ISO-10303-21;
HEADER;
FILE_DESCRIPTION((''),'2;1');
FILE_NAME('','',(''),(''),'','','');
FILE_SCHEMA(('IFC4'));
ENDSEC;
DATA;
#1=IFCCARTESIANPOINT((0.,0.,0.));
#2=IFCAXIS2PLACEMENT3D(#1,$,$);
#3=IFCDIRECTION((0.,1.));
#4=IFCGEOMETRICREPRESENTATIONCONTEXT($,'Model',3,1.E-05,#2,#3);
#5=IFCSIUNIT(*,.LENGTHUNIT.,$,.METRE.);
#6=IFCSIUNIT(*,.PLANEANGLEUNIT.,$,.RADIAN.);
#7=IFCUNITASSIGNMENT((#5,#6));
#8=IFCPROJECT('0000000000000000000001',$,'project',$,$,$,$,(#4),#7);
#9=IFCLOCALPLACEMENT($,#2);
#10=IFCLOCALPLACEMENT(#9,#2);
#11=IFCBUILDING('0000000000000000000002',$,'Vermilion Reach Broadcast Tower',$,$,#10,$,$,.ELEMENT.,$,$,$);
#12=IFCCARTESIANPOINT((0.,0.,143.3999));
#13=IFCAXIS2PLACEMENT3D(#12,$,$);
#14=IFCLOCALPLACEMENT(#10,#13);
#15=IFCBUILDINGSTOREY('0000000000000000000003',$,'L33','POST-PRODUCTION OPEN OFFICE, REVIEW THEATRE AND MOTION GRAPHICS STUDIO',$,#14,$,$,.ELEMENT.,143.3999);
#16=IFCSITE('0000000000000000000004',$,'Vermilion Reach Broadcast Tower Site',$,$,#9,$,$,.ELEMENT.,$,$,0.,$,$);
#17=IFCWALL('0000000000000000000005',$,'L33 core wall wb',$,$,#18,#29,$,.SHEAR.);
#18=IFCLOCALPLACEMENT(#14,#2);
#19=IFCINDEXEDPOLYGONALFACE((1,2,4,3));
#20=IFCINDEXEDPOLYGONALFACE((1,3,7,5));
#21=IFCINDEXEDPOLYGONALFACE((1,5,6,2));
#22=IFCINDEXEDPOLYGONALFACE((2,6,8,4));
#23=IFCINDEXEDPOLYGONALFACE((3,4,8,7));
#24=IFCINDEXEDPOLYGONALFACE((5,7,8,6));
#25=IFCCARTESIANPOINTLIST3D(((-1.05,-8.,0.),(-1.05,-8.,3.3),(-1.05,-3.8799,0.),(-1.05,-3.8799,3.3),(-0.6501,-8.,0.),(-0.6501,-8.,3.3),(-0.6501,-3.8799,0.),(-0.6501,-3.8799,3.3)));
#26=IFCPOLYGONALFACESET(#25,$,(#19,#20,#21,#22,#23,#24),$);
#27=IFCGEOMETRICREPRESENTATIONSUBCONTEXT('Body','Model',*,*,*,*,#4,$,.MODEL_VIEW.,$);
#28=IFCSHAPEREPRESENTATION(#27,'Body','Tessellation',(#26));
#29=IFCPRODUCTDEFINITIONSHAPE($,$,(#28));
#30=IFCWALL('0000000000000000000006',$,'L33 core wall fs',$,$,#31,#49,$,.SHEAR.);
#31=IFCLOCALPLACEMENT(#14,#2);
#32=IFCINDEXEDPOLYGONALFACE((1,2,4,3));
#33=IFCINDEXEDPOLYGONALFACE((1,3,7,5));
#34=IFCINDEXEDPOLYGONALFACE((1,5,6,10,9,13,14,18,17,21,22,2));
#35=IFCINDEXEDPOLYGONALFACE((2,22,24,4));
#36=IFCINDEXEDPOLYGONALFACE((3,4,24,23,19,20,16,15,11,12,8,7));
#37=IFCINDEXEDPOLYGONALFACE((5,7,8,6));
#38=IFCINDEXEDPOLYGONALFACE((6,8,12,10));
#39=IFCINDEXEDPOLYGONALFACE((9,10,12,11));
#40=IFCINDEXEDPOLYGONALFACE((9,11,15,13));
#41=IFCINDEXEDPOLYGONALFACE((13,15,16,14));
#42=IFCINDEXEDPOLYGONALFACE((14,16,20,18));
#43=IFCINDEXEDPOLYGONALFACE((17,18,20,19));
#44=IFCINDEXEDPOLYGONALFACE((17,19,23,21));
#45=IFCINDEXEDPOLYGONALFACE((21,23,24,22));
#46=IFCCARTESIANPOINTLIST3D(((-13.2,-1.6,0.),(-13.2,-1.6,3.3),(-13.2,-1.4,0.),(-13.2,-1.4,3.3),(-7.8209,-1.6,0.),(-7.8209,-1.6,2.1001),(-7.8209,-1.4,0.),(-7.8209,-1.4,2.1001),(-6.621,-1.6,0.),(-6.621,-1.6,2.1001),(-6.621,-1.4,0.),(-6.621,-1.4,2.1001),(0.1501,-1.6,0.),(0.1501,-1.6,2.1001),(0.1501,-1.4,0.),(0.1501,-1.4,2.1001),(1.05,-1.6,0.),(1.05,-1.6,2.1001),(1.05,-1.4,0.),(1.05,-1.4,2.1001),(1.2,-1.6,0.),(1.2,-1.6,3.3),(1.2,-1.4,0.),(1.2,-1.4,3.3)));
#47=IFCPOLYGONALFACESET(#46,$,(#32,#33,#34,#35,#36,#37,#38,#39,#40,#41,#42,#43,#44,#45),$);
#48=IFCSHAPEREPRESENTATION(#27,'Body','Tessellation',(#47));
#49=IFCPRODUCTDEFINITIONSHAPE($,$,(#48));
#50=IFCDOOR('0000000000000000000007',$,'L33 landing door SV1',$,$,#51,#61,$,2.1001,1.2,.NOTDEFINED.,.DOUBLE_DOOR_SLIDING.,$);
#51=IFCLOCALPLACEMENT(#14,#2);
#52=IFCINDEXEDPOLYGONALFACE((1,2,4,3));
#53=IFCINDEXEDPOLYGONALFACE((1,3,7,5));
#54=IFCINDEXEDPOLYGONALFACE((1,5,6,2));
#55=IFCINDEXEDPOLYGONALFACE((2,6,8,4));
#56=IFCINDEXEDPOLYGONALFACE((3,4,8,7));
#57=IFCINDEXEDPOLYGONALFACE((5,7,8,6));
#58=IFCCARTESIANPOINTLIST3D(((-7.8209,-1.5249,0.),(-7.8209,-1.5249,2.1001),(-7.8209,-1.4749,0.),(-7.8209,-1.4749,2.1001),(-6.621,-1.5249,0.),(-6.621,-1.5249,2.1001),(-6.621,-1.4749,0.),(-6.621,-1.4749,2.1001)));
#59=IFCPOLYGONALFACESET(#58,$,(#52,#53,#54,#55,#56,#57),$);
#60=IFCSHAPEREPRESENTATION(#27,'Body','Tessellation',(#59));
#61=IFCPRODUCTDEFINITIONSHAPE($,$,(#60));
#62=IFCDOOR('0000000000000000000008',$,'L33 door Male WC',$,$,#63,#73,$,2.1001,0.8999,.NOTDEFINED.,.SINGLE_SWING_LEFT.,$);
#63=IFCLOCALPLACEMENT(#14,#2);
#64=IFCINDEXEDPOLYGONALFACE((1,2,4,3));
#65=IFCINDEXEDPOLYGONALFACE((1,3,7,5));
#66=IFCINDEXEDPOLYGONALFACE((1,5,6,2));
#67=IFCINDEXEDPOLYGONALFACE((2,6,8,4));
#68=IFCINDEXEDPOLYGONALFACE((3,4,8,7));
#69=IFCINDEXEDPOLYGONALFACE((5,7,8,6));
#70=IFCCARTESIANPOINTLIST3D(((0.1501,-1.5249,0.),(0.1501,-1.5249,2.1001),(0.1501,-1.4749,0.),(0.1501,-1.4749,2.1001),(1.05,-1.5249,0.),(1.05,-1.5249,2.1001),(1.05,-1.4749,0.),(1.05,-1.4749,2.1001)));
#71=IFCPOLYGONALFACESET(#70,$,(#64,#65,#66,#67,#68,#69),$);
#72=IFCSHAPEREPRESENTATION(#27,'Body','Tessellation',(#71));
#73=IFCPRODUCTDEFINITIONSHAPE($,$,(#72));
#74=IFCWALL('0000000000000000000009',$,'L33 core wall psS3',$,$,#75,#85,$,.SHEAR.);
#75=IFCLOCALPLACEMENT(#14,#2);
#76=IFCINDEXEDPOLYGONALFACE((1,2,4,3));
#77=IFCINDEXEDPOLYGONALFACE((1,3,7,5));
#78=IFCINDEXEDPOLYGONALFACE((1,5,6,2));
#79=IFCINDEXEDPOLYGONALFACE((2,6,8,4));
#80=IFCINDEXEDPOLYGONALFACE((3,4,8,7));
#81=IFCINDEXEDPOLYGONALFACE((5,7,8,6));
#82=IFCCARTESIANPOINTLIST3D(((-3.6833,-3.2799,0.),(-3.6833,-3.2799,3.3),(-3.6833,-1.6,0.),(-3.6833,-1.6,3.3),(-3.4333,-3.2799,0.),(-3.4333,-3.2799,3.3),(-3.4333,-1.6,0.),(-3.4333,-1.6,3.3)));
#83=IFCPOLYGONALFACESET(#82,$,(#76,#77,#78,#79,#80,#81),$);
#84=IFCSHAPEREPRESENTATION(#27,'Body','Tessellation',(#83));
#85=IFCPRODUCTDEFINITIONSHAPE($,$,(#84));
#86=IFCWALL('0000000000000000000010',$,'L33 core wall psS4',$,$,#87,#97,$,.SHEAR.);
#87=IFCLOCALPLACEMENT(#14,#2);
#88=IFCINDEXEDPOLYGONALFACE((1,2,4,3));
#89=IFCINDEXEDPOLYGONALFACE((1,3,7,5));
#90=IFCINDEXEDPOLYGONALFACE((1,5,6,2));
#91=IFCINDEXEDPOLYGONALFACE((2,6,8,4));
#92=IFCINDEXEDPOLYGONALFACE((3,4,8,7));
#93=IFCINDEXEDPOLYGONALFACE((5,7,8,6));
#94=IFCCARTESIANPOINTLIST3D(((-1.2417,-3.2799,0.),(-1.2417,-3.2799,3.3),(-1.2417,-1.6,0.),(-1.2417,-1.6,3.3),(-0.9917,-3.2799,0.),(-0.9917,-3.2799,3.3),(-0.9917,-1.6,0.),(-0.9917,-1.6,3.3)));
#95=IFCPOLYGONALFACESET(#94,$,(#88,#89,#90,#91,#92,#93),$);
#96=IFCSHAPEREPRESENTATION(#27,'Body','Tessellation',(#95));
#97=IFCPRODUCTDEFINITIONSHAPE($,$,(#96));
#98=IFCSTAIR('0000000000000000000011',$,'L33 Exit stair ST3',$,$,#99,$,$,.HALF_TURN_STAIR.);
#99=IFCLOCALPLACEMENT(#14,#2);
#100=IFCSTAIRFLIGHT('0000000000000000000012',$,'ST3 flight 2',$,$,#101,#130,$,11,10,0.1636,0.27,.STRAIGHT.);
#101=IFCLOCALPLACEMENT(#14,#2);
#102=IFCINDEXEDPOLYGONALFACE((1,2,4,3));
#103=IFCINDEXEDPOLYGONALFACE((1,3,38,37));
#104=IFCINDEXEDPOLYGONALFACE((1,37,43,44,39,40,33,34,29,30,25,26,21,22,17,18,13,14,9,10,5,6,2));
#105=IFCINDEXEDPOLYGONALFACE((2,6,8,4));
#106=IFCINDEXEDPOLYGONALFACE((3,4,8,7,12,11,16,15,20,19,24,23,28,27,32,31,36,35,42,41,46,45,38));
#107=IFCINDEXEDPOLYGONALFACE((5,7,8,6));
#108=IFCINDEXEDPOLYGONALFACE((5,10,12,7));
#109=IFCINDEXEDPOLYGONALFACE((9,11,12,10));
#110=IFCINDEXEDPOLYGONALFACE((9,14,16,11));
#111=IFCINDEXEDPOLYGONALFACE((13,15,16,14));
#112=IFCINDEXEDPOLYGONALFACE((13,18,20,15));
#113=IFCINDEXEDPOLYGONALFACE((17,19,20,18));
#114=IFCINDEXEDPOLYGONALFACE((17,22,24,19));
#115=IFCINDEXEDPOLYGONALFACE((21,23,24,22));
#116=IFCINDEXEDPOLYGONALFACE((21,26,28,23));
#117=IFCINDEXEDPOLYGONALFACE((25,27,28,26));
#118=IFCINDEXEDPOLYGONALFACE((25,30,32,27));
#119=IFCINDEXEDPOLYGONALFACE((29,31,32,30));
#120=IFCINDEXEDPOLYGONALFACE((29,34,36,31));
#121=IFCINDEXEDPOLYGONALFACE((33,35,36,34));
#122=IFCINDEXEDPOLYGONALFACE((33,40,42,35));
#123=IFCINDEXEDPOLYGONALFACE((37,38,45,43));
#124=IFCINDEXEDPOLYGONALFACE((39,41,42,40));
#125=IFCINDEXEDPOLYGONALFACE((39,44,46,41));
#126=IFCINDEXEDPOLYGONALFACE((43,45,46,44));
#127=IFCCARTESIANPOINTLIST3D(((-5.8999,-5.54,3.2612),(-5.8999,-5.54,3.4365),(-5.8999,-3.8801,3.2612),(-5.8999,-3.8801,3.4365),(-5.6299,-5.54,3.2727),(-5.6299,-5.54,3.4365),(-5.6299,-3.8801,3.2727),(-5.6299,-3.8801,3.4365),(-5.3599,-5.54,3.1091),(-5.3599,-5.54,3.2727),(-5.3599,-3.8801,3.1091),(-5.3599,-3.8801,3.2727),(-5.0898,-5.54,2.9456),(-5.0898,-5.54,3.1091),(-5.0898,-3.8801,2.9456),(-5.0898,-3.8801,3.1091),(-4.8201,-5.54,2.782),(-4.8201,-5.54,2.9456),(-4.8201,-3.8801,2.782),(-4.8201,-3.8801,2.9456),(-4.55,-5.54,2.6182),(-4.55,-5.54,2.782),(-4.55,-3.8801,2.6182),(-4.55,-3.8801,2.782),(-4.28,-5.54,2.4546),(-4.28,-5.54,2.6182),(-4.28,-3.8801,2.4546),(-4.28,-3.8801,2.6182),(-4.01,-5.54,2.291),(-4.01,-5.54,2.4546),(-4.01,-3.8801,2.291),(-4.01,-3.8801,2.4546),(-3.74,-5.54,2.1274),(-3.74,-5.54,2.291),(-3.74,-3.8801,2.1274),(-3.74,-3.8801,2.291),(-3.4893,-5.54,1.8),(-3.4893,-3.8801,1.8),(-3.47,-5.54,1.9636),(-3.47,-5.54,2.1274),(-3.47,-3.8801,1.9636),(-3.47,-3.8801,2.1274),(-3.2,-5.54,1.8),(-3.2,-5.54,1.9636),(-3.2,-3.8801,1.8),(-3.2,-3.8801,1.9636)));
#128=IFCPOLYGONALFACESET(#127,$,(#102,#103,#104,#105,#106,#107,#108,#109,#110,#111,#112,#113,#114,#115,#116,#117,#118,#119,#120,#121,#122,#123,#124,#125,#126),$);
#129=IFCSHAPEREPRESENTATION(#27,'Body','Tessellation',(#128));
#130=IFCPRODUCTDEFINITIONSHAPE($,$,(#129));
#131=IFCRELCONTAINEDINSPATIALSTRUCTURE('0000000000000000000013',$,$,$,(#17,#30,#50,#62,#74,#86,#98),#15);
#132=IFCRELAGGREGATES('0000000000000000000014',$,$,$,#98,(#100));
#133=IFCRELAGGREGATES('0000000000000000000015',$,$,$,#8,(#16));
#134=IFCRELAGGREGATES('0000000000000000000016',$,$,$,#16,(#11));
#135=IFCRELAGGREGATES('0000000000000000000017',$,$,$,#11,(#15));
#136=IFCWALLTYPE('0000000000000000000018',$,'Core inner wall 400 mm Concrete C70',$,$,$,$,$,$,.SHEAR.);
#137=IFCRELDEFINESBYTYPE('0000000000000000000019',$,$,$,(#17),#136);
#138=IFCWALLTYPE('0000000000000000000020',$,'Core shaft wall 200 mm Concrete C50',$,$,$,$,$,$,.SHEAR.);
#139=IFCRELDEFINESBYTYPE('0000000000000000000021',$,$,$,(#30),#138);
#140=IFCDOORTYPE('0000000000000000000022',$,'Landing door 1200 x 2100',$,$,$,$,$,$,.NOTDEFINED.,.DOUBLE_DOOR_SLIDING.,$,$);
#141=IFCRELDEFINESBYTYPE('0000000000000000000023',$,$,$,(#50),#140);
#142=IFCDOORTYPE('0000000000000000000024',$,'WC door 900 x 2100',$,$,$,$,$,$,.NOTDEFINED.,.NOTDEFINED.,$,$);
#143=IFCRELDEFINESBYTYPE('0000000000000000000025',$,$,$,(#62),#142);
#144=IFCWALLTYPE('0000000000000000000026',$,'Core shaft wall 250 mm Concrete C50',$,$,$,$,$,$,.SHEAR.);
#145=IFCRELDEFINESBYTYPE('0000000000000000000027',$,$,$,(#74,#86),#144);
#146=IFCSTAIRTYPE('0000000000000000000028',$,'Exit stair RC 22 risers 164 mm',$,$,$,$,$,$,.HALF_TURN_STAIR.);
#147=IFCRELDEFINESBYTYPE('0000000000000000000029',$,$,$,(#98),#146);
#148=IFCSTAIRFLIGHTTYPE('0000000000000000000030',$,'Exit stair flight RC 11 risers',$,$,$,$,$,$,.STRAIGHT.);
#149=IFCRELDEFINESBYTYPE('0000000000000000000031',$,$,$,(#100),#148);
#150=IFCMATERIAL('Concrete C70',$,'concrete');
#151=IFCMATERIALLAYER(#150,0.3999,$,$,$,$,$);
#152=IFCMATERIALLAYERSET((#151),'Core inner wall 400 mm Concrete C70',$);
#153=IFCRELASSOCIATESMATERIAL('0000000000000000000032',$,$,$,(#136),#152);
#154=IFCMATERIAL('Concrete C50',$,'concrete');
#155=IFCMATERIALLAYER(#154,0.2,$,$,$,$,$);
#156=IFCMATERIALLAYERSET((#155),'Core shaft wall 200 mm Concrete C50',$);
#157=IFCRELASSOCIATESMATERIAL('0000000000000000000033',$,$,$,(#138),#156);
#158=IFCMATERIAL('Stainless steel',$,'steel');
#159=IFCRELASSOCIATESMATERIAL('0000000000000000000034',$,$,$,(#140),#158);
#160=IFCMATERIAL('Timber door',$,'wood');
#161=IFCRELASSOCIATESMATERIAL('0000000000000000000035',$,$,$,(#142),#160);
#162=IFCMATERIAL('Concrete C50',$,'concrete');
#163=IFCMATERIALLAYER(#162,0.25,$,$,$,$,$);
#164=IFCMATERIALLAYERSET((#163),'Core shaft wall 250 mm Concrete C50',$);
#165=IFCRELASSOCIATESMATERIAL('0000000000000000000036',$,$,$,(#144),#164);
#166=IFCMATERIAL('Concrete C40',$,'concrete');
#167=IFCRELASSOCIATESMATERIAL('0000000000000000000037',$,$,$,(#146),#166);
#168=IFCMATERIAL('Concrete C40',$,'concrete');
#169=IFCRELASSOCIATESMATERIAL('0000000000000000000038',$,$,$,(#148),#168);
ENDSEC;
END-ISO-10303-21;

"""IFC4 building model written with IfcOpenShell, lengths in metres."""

from ifc_helpers import new_model, si_unit, direction, frame, frame_2d, origin, place, context, subcontext, project, spatial, polyline, rectangle, outline, extrude, material, layer, layer_set, type_object, element, fill, aggregate, save


model = new_model("IFC4")

# Units and contexts
model_context = context("Model", 3, precision=1e-05, world=origin(), true_north=direction((0.0, 1.0)))
body_context = subcontext(model_context, "Body", "Model", "MODEL_VIEW")
ifc_project = project(units=[si_unit("LENGTHUNIT", "METRE"), si_unit("PLANEANGLEUNIT", "RADIAN")], contexts=[model_context])

# Site, building, storey
site_placement = place(None, origin())
site = spatial("IfcSite", under=ifc_project, at=site_placement, Name="Vermilion Reach Broadcast Tower Site", CompositionType="ELEMENT", RefElevation=0.0)
building_placement = place(site_placement, origin())
building = spatial("IfcBuilding", under=site, at=building_placement, Name="Vermilion Reach Broadcast Tower", CompositionType="ELEMENT")
storey_placement = place(building_placement, frame((0.0, 0.0, 143.3999)))
storey = spatial("IfcBuildingStorey", under=building, at=storey_placement, Name="L33", Description="POST-PRODUCTION OPEN OFFICE, REVIEW THEATRE AND MOTION GRAPHICS STUDIO", CompositionType="ELEMENT", Elevation=143.3999)

# Wall
ifc_material_1 = material(Name="Concrete C70", Category="concrete")
ifc_layer_1 = layer(ifc_material_1, 0.3999)
ifc_layer_set_1 = layer_set([ifc_layer_1], Name="Core inner wall 400 mm Concrete C70")
wall_type_1 = type_object("IfcWallType", Name="Core inner wall 400 mm Concrete C70", PredefinedType="SHEAR", material=ifc_layer_set_1)
wall_1_placement = place(storey_placement, frame((-0.8501, -3.8799, 0.0), z_axis=(0.0, 0.0, 1.0), x_axis=(0.0, -1.0, 0.0)))
element("IfcWall", 1, at=wall_1_placement, inside=storey, type_object=wall_type_1, Name="L33 core wall wb", PredefinedType="SHEAR", context=body_context, shape_type="SweptSolid", body=[
    extrude(rectangle(XDim=4.1201, YDim=0.3999, at=frame_2d((2.0601, 0.0))), origin(), (0.0, 0.0, 1.0), 3.3),
])

# Wall, openings, doors
ifc_material_2 = material(Name="Concrete C50", Category="concrete")
ifc_layer_2 = layer(ifc_material_2, 0.2)
ifc_layer_set_2 = layer_set([ifc_layer_2], Name="Core shaft wall 200 mm Concrete C50")
wall_type_2 = type_object("IfcWallType", Name="Core shaft wall 200 mm Concrete C50", PredefinedType="SHEAR", material=ifc_layer_set_2)
wall_2_placement = place(storey_placement, frame((1.2, -1.5, 0.0), z_axis=(0.0, 0.0, 1.0), x_axis=(-1.0, 0.0, 0.0)))
wall_2 = element("IfcWall", 2, at=wall_2_placement, inside=storey, type_object=wall_type_2, Name="L33 core wall fs", PredefinedType="SHEAR", context=body_context, shape_type="SweptSolid", body=[
    extrude(rectangle(XDim=14.3999, YDim=0.2, at=frame_2d((7.2, 0.0))), origin(), (0.0, 0.0, 1.0), 3.3),
])
opening_1_placement = place(wall_2_placement, frame((7.8208, 0.0, 0.0)))
opening_1 = element("IfcOpeningElement", 3, at=opening_1_placement, cuts=wall_2, PredefinedType="OPENING", context=body_context, shape_type="SweptSolid", body=[
    extrude(rectangle(XDim=1.2, YDim=2.1001, at=frame_2d((0.6001, 1.05))), frame((0.0, 0.1099, 0.0), z_axis=(0.0, -1.0, 0.0), x_axis=(1.0, 0.0, 0.0)), (0.0, 0.0, 1.0), 0.22),
])
opening_2_placement = place(wall_2_placement, frame((0.1499, 0.0, 0.0)))
opening_2 = element("IfcOpeningElement", 4, at=opening_2_placement, cuts=wall_2, PredefinedType="OPENING", context=body_context, shape_type="SweptSolid", body=[
    extrude(rectangle(XDim=0.8999, YDim=2.1001, at=frame_2d((0.45, 1.05))), frame((0.0, 0.1099, 0.0), z_axis=(0.0, -1.0, 0.0), x_axis=(1.0, 0.0, 0.0)), (0.0, 0.0, 1.0), 0.22),
])
ifc_material_3 = material(Name="Stainless steel", Category="steel")
door_type_1 = type_object("IfcDoorType", Name="Landing door 1200 x 2100", OperationType="DOUBLE_DOOR_SLIDING", PredefinedType="NOTDEFINED", material=ifc_material_3)
door_1_placement = place(opening_1_placement, origin())
door_1 = element("IfcDoor", 5, at=door_1_placement, inside=storey, type_object=door_type_1, Name="L33 landing door SV1", OperationType="DOUBLE_DOOR_SLIDING", OverallHeight=2.1001, OverallWidth=1.2, PredefinedType="NOTDEFINED", context=body_context, shape_type="SweptSolid", body=[
    extrude(rectangle(XDim=1.2, YDim=2.1001, at=frame_2d((0.6001, 1.05))), frame((0.0, 0.0249, 0.0), z_axis=(0.0, -1.0, 0.0), x_axis=(1.0, 0.0, 0.0)), (0.0, 0.0, 1.0), 0.05),
])
fill(opening_1, door_1)
ifc_material_4 = material(Name="Timber door", Category="wood")
door_type_2 = type_object("IfcDoorType", Name="WC door 900 x 2100", OperationType="NOTDEFINED", PredefinedType="NOTDEFINED", material=ifc_material_4)
door_2_placement = place(opening_2_placement, origin())
door_2 = element("IfcDoor", 6, at=door_2_placement, inside=storey, type_object=door_type_2, Name="L33 door Male WC", OperationType="SINGLE_SWING_LEFT", OverallHeight=2.1001, OverallWidth=0.8999, PredefinedType="NOTDEFINED", context=body_context, shape_type="SweptSolid", body=[
    extrude(rectangle(XDim=0.8999, YDim=2.1001, at=frame_2d((0.45, 1.05))), frame((0.0, 0.0249, 0.0), z_axis=(0.0, -1.0, 0.0), x_axis=(1.0, 0.0, 0.0)), (0.0, 0.0, 1.0), 0.05),
])
fill(opening_2, door_2)

# Walls
ifc_material_5 = material(Name="Concrete C50", Category="concrete")
ifc_layer_3 = layer(ifc_material_5, 0.25)
ifc_layer_set_3 = layer_set([ifc_layer_3], Name="Core shaft wall 250 mm Concrete C50")
wall_type_3 = type_object("IfcWallType", Name="Core shaft wall 250 mm Concrete C50", PredefinedType="SHEAR", material=ifc_layer_set_3)
for number, where, z_axis, x_axis, name in (
    (7, (-3.5583, -1.6001, 0.0), (0.0, 0.0, 1.0), (0.0, -1.0, 0.0), "L33 core wall psS3"),
    (8, (-1.1167, -1.6001, 0.0), (0.0, 0.0, 1.0), (0.0, -1.0, 0.0), "L33 core wall psS4"),
):
    element("IfcWall", number, at=place(storey_placement, frame(where, z_axis=z_axis, x_axis=x_axis)), inside=storey, type_object=wall_type_3, Name=name, PredefinedType="SHEAR", context=body_context, shape_type="SweptSolid", body=[
        extrude(rectangle(XDim=1.6799, YDim=0.25, at=frame_2d((0.8398, 0.0))), origin(), (0.0, 0.0, 1.0), 3.3),
    ])

# Stair, stair flight
ifc_material_6 = material(Name="Concrete C40", Category="concrete")
stair_type = type_object("IfcStairType", Name="Exit stair RC 22 risers 164 mm", PredefinedType="HALF_TURN_STAIR", material=ifc_material_6)
placement_1 = place(storey_placement, origin())
stair = element("IfcStair", 9, at=placement_1, inside=storey, type_object=stair_type, Name="L33 Exit stair ST3", PredefinedType="HALF_TURN_STAIR")
ifc_material_7 = material(Name="Concrete C40", Category="concrete")
stair_flight_type = type_object("IfcStairFlightType", Name="Exit stair flight RC 11 risers", PredefinedType="STRAIGHT", material=ifc_material_7)
stair_flight_placement = place(storey_placement, frame((-3.2, -4.71, 1.8), z_axis=(0.0, 0.0, 1.0), x_axis=(-1.0, 0.0, 0.0)))
stair_flight = element("IfcStairFlight", 10, at=stair_flight_placement, type_object=stair_flight_type, Name="ST3 flight 2", NumberOfRisers=11, NumberOfTreads=10, PredefinedType="STRAIGHT", RiserHeight=0.1636, TreadLength=0.27, context=body_context, shape_type="SweptSolid", body=[
    extrude(outline(polyline([(0.0, 0.0), (0.0, 0.1636), (0.27, 0.1636), (0.27, 0.3274), (0.54, 0.3274), (0.54, 0.491), (0.8101, 0.491), (0.8101, 0.6545), (1.0801, 0.6545), (1.0801, 0.8181), (1.3501, 0.8181), (1.3501, 0.9819), (1.6201, 0.9819), (1.6201, 1.1455), (1.8899, 1.1455), (1.8899, 1.3091), (2.1599, 1.3091), (2.1599, 1.4727), (2.4299, 1.4727), (2.4299, 1.6365), (2.7, 1.6365), (2.7, 1.8), (2.7, 1.4612), (0.2893, 0.0), (0.0, 0.0)])), frame((0.0, 0.8301, 0.0), z_axis=(0.0, -1.0, 0.0), x_axis=(1.0, 0.0, 0.0)), (0.0, 0.0, 1.0), 1.6599),
])
aggregate(stair, [stair_flight])

save(model, "model.ifc")
